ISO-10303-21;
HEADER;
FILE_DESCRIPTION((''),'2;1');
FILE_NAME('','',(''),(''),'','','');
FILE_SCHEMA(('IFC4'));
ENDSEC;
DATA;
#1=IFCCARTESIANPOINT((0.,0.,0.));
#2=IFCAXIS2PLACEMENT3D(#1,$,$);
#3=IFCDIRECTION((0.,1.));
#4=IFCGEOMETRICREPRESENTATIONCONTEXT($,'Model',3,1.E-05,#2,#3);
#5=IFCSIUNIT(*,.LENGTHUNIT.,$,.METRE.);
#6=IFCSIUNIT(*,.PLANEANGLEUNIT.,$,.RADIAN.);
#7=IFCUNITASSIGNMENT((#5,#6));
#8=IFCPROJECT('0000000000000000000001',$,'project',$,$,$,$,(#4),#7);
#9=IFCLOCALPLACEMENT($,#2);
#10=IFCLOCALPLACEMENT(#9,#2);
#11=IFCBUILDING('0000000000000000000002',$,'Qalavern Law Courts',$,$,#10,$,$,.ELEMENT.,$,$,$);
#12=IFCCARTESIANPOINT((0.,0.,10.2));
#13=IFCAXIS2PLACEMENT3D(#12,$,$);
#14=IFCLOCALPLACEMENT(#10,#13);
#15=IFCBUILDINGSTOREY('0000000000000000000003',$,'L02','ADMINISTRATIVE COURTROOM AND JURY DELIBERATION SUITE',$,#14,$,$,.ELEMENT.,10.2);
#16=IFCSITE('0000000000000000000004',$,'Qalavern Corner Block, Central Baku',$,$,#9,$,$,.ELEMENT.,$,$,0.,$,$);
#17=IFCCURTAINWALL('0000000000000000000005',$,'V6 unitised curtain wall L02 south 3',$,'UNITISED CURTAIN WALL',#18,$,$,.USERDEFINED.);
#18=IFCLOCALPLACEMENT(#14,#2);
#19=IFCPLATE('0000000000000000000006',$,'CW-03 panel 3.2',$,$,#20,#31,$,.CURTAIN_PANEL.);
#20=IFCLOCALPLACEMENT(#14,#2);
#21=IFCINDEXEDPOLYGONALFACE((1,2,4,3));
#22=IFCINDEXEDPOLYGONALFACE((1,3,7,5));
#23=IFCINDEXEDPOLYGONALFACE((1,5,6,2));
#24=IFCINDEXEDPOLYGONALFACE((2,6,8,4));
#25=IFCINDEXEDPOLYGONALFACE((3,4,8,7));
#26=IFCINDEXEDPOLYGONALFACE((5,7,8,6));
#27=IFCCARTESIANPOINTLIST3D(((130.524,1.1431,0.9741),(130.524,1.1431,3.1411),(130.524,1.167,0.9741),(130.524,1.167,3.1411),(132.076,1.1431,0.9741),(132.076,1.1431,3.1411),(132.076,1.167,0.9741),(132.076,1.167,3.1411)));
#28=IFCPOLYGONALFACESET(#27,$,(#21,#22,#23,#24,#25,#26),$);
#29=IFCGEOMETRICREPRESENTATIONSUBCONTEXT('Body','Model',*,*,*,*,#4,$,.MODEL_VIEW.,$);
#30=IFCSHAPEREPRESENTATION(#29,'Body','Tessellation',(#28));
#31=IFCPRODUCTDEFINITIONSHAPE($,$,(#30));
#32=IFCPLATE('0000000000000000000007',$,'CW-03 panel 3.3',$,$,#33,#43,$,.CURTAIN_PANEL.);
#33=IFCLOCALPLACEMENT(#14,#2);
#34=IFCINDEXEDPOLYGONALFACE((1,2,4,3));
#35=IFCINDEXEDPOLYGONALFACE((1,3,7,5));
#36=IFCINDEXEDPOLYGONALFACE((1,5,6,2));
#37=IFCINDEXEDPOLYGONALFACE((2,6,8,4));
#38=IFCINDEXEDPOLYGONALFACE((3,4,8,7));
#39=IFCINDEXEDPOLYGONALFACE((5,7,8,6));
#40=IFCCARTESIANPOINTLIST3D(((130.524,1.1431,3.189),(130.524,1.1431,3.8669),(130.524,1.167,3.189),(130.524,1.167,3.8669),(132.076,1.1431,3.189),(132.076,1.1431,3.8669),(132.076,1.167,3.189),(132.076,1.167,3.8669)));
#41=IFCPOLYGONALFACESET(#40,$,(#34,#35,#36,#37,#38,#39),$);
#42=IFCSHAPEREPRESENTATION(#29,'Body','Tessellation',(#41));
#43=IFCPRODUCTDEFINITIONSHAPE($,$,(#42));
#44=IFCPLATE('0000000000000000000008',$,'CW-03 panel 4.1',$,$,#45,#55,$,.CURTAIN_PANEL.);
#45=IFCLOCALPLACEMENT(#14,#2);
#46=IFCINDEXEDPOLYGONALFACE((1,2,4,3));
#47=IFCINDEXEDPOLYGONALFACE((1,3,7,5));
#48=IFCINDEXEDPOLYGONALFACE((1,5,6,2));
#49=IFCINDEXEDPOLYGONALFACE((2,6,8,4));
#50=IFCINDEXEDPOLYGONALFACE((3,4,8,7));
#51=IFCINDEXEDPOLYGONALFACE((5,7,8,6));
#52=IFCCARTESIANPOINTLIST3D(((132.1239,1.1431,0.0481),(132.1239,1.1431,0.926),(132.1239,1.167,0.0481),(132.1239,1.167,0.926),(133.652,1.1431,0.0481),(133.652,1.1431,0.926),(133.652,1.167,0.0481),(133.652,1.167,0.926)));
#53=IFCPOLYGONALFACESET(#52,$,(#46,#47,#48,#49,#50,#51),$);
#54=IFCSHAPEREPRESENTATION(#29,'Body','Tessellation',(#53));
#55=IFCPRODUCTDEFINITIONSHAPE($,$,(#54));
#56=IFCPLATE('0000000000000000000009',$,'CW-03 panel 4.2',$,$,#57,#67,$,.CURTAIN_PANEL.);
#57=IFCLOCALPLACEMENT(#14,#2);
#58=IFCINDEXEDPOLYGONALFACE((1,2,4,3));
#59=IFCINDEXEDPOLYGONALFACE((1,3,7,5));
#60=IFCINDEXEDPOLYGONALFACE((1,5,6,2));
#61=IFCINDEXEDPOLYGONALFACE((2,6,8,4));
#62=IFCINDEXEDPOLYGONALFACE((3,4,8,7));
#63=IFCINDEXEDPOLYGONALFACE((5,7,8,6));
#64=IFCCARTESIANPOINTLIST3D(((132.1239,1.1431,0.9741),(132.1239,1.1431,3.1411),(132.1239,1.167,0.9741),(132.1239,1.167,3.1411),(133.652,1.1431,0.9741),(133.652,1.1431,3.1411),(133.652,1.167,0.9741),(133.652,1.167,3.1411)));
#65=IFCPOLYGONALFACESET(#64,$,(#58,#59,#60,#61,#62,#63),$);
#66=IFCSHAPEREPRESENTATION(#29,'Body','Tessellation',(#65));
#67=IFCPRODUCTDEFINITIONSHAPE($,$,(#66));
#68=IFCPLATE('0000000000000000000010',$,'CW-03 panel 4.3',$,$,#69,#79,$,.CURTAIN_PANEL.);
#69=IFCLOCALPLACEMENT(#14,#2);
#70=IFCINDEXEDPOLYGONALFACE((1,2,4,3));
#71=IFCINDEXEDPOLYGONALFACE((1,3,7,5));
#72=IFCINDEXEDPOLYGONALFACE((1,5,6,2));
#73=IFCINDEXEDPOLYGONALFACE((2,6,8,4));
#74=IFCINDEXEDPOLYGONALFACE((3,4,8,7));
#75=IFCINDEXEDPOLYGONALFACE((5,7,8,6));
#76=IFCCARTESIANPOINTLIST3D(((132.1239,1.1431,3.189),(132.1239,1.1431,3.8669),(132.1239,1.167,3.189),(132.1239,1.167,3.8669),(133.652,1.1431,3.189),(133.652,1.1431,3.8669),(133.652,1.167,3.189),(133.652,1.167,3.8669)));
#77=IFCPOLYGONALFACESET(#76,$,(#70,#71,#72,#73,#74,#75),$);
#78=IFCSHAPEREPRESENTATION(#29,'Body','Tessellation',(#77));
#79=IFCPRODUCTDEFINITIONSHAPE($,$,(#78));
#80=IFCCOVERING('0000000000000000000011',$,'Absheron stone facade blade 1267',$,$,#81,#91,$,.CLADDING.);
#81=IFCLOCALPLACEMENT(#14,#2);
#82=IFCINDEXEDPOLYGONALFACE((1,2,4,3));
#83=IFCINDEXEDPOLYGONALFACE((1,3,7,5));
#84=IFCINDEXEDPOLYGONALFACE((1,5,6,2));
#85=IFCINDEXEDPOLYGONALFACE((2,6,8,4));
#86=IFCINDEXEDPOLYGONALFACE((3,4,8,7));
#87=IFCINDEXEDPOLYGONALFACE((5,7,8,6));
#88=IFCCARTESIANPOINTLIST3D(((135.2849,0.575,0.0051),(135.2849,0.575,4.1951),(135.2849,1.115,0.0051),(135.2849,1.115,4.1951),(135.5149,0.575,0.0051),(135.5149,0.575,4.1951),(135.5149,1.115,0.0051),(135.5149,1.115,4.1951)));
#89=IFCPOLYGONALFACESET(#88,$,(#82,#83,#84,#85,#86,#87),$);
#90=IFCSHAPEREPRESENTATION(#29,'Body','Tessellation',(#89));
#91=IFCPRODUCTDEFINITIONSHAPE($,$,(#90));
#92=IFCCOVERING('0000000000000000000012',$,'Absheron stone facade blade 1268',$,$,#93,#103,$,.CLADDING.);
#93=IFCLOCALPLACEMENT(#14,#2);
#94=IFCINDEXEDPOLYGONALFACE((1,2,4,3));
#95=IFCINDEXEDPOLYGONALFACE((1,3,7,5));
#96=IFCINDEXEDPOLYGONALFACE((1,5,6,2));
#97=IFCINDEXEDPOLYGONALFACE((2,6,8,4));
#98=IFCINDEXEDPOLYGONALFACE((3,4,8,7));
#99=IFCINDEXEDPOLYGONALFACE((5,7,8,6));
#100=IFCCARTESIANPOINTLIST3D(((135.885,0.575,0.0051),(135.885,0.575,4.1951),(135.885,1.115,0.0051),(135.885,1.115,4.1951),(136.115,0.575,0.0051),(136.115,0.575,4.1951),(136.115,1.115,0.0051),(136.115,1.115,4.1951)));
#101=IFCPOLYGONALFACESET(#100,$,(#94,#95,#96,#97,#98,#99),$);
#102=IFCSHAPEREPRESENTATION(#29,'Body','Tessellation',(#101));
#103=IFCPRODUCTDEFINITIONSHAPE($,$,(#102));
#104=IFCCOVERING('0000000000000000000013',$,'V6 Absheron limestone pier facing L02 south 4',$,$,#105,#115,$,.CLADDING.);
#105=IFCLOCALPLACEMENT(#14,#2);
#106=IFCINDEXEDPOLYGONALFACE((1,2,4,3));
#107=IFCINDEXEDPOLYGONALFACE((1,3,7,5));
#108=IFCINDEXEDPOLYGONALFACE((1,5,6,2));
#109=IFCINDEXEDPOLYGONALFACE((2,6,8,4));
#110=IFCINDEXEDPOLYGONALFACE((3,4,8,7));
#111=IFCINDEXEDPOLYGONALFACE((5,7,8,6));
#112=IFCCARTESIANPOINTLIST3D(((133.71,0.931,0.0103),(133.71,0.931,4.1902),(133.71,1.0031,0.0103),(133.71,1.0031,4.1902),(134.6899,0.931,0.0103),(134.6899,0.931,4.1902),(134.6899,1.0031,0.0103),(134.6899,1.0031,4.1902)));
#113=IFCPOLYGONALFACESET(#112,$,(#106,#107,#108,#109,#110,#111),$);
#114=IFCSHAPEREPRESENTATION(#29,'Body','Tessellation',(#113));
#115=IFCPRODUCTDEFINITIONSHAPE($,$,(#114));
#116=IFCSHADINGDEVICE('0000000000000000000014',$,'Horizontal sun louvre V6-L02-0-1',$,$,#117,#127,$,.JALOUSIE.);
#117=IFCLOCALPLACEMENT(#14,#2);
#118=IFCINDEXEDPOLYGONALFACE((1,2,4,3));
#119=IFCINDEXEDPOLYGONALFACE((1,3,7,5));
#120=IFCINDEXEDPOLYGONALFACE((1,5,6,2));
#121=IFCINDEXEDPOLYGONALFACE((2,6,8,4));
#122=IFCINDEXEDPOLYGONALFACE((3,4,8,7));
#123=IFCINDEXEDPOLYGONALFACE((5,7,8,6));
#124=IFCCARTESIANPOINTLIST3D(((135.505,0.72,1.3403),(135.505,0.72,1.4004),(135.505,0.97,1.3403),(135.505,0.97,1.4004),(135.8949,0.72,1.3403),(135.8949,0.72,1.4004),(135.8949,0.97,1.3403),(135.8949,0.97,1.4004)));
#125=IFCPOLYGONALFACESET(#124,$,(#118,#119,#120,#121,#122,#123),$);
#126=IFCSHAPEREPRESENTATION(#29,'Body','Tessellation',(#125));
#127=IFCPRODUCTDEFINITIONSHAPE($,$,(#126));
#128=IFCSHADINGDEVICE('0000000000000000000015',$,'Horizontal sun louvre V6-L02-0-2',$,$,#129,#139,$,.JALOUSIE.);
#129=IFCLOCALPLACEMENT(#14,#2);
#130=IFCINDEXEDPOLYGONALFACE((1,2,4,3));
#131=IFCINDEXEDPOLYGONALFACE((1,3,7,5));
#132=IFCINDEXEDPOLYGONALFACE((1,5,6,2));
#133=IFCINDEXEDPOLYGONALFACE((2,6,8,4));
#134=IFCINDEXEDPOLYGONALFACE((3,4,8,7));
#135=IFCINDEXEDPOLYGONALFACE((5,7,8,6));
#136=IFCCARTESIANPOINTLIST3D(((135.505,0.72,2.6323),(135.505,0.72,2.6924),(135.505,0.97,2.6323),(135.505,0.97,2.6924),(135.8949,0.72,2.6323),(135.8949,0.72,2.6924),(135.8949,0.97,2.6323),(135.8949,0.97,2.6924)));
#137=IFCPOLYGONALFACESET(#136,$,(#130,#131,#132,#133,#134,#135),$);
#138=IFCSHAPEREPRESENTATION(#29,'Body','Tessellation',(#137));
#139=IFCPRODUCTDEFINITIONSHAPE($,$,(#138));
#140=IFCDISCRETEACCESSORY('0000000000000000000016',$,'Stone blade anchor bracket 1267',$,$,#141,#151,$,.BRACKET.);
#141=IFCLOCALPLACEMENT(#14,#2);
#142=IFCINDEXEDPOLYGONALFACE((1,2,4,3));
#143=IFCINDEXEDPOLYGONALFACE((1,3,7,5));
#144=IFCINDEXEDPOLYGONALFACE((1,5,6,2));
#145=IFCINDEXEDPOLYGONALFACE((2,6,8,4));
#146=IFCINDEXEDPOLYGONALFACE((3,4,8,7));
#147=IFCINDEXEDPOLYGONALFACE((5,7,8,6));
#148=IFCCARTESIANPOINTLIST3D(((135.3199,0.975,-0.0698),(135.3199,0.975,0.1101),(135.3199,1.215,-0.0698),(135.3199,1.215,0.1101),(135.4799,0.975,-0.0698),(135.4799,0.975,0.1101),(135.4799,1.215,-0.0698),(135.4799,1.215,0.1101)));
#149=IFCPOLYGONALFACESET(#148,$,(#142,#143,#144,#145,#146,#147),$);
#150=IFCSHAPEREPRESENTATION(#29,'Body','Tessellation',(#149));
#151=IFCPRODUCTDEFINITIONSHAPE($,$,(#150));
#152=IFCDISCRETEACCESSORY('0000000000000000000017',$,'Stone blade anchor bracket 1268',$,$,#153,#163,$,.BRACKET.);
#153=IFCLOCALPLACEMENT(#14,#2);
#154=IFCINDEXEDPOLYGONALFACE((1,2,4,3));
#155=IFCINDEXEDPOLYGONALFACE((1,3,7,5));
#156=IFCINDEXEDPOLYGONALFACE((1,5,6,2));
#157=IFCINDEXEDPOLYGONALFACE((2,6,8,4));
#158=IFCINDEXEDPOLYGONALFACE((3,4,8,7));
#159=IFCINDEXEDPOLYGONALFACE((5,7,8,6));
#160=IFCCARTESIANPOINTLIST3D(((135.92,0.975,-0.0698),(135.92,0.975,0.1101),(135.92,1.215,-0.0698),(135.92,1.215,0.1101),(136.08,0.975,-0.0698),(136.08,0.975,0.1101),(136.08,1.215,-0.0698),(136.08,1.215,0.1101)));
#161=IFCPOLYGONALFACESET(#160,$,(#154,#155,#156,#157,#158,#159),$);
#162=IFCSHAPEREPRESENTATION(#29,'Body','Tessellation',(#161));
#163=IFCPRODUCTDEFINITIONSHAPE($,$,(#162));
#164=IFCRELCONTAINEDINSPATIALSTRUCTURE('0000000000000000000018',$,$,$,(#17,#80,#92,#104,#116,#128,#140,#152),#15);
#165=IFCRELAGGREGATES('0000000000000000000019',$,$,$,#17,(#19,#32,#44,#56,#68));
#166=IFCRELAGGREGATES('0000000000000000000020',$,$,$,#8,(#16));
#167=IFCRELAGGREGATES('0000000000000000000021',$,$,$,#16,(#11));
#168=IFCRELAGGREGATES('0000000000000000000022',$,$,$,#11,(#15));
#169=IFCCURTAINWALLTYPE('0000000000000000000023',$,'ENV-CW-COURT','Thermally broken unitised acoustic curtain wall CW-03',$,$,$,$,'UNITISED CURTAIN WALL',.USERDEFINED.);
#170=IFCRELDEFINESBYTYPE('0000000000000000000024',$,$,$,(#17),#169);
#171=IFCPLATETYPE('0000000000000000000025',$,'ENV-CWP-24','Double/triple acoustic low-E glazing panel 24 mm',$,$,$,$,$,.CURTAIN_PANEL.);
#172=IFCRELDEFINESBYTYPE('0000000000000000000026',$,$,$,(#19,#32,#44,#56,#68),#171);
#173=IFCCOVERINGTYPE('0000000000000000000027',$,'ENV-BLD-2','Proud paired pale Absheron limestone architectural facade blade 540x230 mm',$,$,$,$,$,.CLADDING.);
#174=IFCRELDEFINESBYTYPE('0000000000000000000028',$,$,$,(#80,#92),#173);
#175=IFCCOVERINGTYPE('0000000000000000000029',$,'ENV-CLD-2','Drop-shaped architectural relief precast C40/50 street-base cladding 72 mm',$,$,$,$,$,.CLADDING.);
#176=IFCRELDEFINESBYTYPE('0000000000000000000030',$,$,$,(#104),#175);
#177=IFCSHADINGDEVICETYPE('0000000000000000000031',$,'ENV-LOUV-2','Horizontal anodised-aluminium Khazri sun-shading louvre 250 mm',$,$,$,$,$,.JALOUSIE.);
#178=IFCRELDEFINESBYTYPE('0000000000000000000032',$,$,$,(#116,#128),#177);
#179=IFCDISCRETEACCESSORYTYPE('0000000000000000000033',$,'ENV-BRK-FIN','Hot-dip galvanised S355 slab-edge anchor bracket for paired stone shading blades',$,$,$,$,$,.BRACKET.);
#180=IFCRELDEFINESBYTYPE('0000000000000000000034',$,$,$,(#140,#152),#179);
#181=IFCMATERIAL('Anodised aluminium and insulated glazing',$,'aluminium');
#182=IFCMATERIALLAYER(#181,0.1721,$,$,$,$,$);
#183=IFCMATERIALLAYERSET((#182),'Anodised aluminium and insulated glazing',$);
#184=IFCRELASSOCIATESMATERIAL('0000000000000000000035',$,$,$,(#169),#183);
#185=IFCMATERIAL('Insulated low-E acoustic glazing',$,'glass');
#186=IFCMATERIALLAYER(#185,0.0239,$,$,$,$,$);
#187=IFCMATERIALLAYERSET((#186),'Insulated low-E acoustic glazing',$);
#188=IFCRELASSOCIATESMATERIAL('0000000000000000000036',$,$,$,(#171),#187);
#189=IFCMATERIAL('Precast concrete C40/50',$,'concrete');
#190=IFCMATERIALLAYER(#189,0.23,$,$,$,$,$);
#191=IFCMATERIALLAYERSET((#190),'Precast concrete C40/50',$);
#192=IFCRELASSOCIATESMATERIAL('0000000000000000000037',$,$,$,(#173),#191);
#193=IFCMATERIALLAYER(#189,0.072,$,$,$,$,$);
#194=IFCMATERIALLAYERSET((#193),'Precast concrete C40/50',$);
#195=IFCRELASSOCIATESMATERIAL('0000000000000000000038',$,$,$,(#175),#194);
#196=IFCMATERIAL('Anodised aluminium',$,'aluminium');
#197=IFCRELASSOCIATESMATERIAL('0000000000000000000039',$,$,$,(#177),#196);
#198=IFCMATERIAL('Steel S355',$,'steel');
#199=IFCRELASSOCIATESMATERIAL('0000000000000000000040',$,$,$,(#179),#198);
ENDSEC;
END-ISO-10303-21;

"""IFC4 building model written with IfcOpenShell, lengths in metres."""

from ifc_helpers import new_model, si_unit, direction, frame, origin, origin_2d, place, context, subcontext, project, spatial, rectangle, extrude, material, layer, layer_set, type_object, element, aggregate, save


model = new_model("IFC4")

# Units and contexts
model_context = context("Model", 3, precision=1e-05, world=origin(), true_north=direction((0.0, 1.0)))
body_context = subcontext(model_context, "Body", "Model", "MODEL_VIEW")
ifc_project = project(units=[si_unit("LENGTHUNIT", "METRE"), si_unit("PLANEANGLEUNIT", "RADIAN")], contexts=[model_context])

# Site, building, storey
site_placement = place(None, origin())
site = spatial("IfcSite", under=ifc_project, at=site_placement, Name="Qalavern Corner Block, Central Baku", CompositionType="ELEMENT", RefElevation=0.0)
building_placement = place(site_placement, origin())
building = spatial("IfcBuilding", under=site, at=building_placement, Name="Qalavern Law Courts", CompositionType="ELEMENT")
storey_placement = place(building_placement, frame((0.0, 0.0, 10.2)))
storey = spatial("IfcBuildingStorey", under=building, at=storey_placement, Name="L02", Description="ADMINISTRATIVE COURTROOM AND JURY DELIBERATION SUITE", CompositionType="ELEMENT", Elevation=10.2)

# Curtain wall, plates
ifc_material_1 = material(Name="Anodised aluminium and insulated glazing", Category="aluminium")
ifc_layer_1 = layer(ifc_material_1, 0.1721)
ifc_layer_set_1 = layer_set([ifc_layer_1], Name="Anodised aluminium and insulated glazing")
curtain_wall_type = type_object("IfcCurtainWallType", Name="ENV-CW-COURT", Description="Thermally broken unitised acoustic curtain wall CW-03", ElementType="UNITISED CURTAIN WALL", PredefinedType="USERDEFINED", material=ifc_layer_set_1)
curtain_wall_placement = place(storey_placement, origin())
curtain_wall = element("IfcCurtainWall", 1, at=curtain_wall_placement, inside=storey, type_object=curtain_wall_type, Name="V6 unitised curtain wall L02 south 3", ObjectType="UNITISED CURTAIN WALL", PredefinedType="USERDEFINED")
ifc_material_2 = material(Name="Anodised aluminium", Category="aluminium")
ifc_material_3 = material(Name="Insulated low-E acoustic glazing", Category="glass")
ifc_layer_2 = layer(ifc_material_3, 0.0239)
ifc_layer_set_2 = layer_set([ifc_layer_2], Name="Insulated low-E acoustic glazing")
plate_type = type_object("IfcPlateType", Name="ENV-CWP-24", Description="Double/triple acoustic low-E glazing panel 24 mm", PredefinedType="CURTAIN_PANEL", material=ifc_layer_set_2)
plate_1_placement = place(storey_placement, frame((131.3, 1.155, 0.9741), z_axis=(0.0, 0.0, 1.0), x_axis=(1.0, 0.0, 0.0)))
plate_1 = element("IfcPlate", 2, at=plate_1_placement, type_object=plate_type, Name="CW-03 panel 3.2", PredefinedType="CURTAIN_PANEL", context=body_context, shape_type="SweptSolid", body=[
    extrude(rectangle(XDim=1.552, YDim=0.0239, at=origin_2d()), origin(), (0.0, 0.0, 1.0), 2.167),
])
plate_2_placement = place(storey_placement, frame((131.3, 1.155, 3.189), z_axis=(0.0, 0.0, 1.0), x_axis=(1.0, 0.0, 0.0)))
plate_2 = element("IfcPlate", 3, at=plate_2_placement, type_object=plate_type, Name="CW-03 panel 3.3", PredefinedType="CURTAIN_PANEL", context=body_context, shape_type="SweptSolid", body=[
    extrude(rectangle(XDim=1.552, YDim=0.0239, at=origin_2d()), origin(), (0.0, 0.0, 1.0), 0.678),
])
plate_3_placement = place(storey_placement, frame((132.8879, 1.155, 0.0481), z_axis=(0.0, 0.0, 1.0), x_axis=(1.0, 0.0, 0.0)))
plate_3 = element("IfcPlate", 4, at=plate_3_placement, type_object=plate_type, Name="CW-03 panel 4.1", PredefinedType="CURTAIN_PANEL", context=body_context, shape_type="SweptSolid", body=[
    extrude(rectangle(XDim=1.5281, YDim=0.0239, at=origin_2d()), origin(), (0.0, 0.0, 1.0), 0.8779),
])
plate_4_placement = place(storey_placement, frame((132.8879, 1.155, 0.9741), z_axis=(0.0, 0.0, 1.0), x_axis=(1.0, 0.0, 0.0)))
plate_4 = element("IfcPlate", 5, at=plate_4_placement, type_object=plate_type, Name="CW-03 panel 4.2", PredefinedType="CURTAIN_PANEL", context=body_context, shape_type="SweptSolid", body=[
    extrude(rectangle(XDim=1.5281, YDim=0.0239, at=origin_2d()), origin(), (0.0, 0.0, 1.0), 2.167),
])
plate_5_placement = place(storey_placement, frame((132.8879, 1.155, 3.189), z_axis=(0.0, 0.0, 1.0), x_axis=(1.0, 0.0, 0.0)))
plate_5 = element("IfcPlate", 6, at=plate_5_placement, type_object=plate_type, Name="CW-03 panel 4.3", PredefinedType="CURTAIN_PANEL", context=body_context, shape_type="SweptSolid", body=[
    extrude(rectangle(XDim=1.5281, YDim=0.0239, at=origin_2d()), origin(), (0.0, 0.0, 1.0), 0.678),
])
aggregate(curtain_wall, [plate_1, plate_2, plate_3, plate_4, plate_5])

# Coverings
ifc_material_4 = material(Name="Precast concrete C40/50", Category="concrete")
ifc_layer_3 = layer(ifc_material_4, 0.23)
ifc_layer_set_3 = layer_set([ifc_layer_3], Name="Precast concrete C40/50")
covering_type_1 = type_object("IfcCoveringType", Name="ENV-BLD-2", Description="Proud paired pale Absheron limestone architectural facade blade 540x230 mm", PredefinedType="CLADDING", material=ifc_layer_set_3)
for number, where, z_axis, x_axis, name in (
    (7, (135.3999, 0.845, 0.0051), (0.0, 0.0, 1.0), (0.0, -1.0, 0.0), "Absheron stone facade blade 1267"),
    (8, (136.0, 0.845, 0.0051), (0.0, 0.0, 1.0), (0.0, -1.0, 0.0), "Absheron stone facade blade 1268"),
):
    element("IfcCovering", number, at=place(storey_placement, frame(where, z_axis=z_axis, x_axis=x_axis)), inside=storey, type_object=covering_type_1, Name=name, PredefinedType="CLADDING", context=body_context, shape_type="SweptSolid", body=[
        extrude(rectangle(XDim=0.54, YDim=0.23, at=origin_2d()), origin(), (0.0, 0.0, 1.0), 4.1899),
    ])
ifc_layer_4 = layer(ifc_material_4, 0.072)
ifc_layer_set_4 = layer_set([ifc_layer_4], Name="Precast concrete C40/50")
covering_type_2 = type_object("IfcCoveringType", Name="ENV-CLD-2", Description="Drop-shaped architectural relief precast C40/50 street-base cladding 72 mm", PredefinedType="CLADDING", material=ifc_layer_set_4)
covering_placement = place(storey_placement, frame((134.2, 0.967, 0.0103), z_axis=(0.0, 0.0, 1.0), x_axis=(1.0, 0.0, 0.0)))
element("IfcCovering", 9, at=covering_placement, inside=storey, type_object=covering_type_2, Name="V6 Absheron limestone pier facing L02 south 4", PredefinedType="CLADDING", context=body_context, shape_type="SweptSolid", body=[
    extrude(rectangle(XDim=0.98, YDim=0.072, at=origin_2d()), origin(), (0.0, 0.0, 1.0), 4.1799),
])

# Shading devices
shading_device_type = type_object("IfcShadingDeviceType", Name="ENV-LOUV-2", Description="Horizontal anodised-aluminium Khazri sun-shading louvre 250 mm", PredefinedType="JALOUSIE", material=ifc_material_2)
for number, where, z_axis, x_axis, name in (
    (10, (135.7, 0.845, 1.3403), (0.0, 0.0, 1.0), (1.0, 0.0, 0.0), "Horizontal sun louvre V6-L02-0-1"),
    (11, (135.7, 0.845, 2.6323), (0.0, 0.0, 1.0), (1.0, 0.0, 0.0), "Horizontal sun louvre V6-L02-0-2"),
):
    element("IfcShadingDevice", number, at=place(storey_placement, frame(where, z_axis=z_axis, x_axis=x_axis)), inside=storey, type_object=shading_device_type, Name=name, PredefinedType="JALOUSIE", context=body_context, shape_type="SweptSolid", body=[
        extrude(rectangle(XDim=0.3899, YDim=0.25, at=origin_2d()), origin(), (0.0, 0.0, 1.0), 0.0601),
    ])

# Discrete accessories
ifc_material_5 = material(Name="Steel S355", Category="steel")
discrete_accessory_type = type_object("IfcDiscreteAccessoryType", Name="ENV-BRK-FIN", Description="Hot-dip galvanised S355 slab-edge anchor bracket for paired stone shading blades", PredefinedType="BRACKET", material=ifc_material_5)
for number, where, z_axis, x_axis, name in (
    (12, (135.3999, 1.095, -0.0698), (0.0, 0.0, 1.0), (0.0, -1.0, 0.0), "Stone blade anchor bracket 1267"),
    (13, (136.0, 1.095, -0.0698), (0.0, 0.0, 1.0), (0.0, -1.0, 0.0), "Stone blade anchor bracket 1268"),
):
    element("IfcDiscreteAccessory", number, at=place(storey_placement, frame(where, z_axis=z_axis, x_axis=x_axis)), inside=storey, type_object=discrete_accessory_type, Name=name, PredefinedType="BRACKET", context=body_context, shape_type="SweptSolid", body=[
        extrude(rectangle(XDim=0.24, YDim=0.1599, at=origin_2d()), origin(), (0.0, 0.0, 1.0), 0.1799),
    ])

save(model, "model.ifc")
